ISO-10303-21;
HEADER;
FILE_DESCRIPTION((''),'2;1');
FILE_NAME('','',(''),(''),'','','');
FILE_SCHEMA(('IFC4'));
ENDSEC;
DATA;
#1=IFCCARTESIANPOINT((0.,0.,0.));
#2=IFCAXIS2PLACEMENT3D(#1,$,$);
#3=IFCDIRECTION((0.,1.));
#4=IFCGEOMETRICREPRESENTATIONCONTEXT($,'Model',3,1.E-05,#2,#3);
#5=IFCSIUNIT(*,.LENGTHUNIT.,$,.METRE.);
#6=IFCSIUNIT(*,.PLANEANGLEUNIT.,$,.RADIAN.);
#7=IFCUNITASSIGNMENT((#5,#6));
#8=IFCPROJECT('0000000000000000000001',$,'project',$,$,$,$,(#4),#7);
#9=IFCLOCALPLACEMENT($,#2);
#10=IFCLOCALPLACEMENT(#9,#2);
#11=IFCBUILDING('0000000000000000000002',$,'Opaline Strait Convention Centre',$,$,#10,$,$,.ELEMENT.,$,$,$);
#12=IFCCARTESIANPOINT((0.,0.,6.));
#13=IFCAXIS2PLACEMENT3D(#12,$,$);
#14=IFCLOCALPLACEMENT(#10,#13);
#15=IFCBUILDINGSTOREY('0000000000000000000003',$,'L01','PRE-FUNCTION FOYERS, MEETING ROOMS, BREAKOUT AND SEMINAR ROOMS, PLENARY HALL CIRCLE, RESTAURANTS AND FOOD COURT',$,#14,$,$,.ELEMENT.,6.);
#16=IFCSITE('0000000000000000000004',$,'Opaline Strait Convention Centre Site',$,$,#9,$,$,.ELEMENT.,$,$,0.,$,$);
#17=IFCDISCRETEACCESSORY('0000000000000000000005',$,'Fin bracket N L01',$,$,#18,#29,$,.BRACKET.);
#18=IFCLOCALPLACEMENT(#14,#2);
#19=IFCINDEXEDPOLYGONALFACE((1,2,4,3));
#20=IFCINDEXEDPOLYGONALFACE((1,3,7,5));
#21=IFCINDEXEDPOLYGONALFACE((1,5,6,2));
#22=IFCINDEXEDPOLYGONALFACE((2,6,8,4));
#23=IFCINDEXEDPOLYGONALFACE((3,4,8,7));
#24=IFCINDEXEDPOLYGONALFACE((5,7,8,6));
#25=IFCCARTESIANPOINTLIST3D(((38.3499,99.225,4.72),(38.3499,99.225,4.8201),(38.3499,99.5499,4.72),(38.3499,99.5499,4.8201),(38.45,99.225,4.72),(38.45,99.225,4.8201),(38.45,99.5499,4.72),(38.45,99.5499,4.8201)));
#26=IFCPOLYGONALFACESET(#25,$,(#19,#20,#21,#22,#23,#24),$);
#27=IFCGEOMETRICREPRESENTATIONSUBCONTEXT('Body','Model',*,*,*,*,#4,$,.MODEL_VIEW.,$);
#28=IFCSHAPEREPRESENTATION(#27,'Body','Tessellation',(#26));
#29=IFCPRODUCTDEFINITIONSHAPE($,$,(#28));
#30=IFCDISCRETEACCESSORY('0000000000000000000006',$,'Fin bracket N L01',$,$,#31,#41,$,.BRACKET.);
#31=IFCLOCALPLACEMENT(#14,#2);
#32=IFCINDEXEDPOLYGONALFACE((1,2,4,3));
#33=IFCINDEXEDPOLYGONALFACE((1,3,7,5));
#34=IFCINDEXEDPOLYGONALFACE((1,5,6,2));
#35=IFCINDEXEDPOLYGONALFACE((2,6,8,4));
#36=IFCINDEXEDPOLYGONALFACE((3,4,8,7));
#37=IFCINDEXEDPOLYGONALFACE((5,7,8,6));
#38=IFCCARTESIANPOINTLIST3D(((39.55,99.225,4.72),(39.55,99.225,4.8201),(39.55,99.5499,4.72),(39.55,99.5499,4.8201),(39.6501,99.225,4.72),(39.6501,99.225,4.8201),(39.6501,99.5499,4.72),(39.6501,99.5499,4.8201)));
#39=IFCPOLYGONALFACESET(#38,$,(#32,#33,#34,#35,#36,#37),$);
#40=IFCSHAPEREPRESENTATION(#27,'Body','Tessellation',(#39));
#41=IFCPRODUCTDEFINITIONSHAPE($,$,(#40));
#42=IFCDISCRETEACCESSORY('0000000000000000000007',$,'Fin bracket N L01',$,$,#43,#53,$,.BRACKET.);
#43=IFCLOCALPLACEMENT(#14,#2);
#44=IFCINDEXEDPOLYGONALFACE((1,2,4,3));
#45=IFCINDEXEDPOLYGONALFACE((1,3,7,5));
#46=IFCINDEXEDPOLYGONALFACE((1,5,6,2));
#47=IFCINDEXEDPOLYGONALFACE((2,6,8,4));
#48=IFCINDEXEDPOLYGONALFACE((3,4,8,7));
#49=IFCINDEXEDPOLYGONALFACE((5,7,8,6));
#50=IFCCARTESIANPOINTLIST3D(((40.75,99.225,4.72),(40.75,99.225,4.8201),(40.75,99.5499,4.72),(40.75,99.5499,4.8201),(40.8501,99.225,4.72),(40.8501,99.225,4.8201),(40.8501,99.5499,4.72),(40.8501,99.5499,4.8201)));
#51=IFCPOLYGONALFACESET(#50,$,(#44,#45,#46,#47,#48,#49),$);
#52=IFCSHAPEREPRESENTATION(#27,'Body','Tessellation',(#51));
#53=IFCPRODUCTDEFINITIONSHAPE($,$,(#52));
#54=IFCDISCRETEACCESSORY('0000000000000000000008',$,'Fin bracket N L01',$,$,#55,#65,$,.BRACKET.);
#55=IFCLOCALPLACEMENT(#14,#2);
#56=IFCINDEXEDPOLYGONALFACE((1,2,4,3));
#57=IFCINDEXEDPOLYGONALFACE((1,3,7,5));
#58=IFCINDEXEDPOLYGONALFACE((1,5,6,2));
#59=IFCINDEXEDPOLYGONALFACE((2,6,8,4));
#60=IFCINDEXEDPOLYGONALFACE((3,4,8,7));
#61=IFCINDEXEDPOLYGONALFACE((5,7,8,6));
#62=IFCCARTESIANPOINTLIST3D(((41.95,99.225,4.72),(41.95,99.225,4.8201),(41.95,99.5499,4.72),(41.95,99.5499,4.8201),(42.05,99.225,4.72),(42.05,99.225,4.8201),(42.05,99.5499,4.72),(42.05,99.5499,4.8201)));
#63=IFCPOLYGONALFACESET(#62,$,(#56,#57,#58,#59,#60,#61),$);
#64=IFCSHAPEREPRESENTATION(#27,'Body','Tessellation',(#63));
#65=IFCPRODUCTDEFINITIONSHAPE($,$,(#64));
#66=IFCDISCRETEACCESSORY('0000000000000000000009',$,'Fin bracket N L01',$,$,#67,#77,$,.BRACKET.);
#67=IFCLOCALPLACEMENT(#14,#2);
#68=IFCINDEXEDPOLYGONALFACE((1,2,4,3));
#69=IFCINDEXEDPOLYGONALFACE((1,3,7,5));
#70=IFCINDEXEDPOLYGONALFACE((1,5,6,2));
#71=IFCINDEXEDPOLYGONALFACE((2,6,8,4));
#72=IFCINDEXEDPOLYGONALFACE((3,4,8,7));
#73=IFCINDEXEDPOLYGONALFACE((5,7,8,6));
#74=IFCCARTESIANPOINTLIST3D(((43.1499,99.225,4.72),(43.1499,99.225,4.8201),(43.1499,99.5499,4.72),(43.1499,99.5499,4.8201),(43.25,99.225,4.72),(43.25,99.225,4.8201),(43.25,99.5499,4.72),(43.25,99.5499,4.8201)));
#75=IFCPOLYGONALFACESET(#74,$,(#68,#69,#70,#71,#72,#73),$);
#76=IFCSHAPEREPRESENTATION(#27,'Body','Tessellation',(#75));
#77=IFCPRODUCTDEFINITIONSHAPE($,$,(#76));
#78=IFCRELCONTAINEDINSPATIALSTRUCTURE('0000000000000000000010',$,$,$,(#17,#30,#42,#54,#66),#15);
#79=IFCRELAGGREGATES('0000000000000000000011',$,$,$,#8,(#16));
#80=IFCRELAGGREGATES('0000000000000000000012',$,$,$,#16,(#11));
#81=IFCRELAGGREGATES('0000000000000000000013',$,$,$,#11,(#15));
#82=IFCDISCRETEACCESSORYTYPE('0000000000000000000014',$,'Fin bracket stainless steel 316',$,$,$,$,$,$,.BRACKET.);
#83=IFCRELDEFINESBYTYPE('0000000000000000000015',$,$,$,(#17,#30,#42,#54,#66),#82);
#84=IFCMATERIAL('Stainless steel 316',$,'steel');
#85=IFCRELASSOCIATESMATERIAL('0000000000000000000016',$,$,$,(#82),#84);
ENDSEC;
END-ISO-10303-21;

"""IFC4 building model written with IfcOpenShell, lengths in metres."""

from ifc_helpers import new_model, si_unit, direction, frame, origin, origin_2d, place, context, subcontext, project, spatial, rectangle, extrude, material, type_object, element, save


model = new_model("IFC4")

# Units and contexts
model_context = context("Model", 3, precision=1e-05, world=origin(), true_north=direction((0.0, 1.0)))
body_context = subcontext(model_context, "Body", "Model", "MODEL_VIEW")
ifc_project = project(units=[si_unit("LENGTHUNIT", "METRE"), si_unit("PLANEANGLEUNIT", "RADIAN")], contexts=[model_context])

# Site, building, storey
site_placement = place(None, origin())
site = spatial("IfcSite", under=ifc_project, at=site_placement, Name="Opaline Strait Convention Centre Site", CompositionType="ELEMENT", RefElevation=0.0)
building_placement = place(site_placement, origin())
building = spatial("IfcBuilding", under=site, at=building_placement, Name="Opaline Strait Convention Centre", CompositionType="ELEMENT")
storey_placement = place(building_placement, frame((0.0, 0.0, 6.0)))
storey = spatial("IfcBuildingStorey", under=building, at=storey_placement, Name="L01", Description="PRE-FUNCTION FOYERS, MEETING ROOMS, BREAKOUT AND SEMINAR ROOMS, PLENARY HALL CIRCLE, RESTAURANTS AND FOOD COURT", CompositionType="ELEMENT", Elevation=6.0)

# Discrete accessories
ifc_material_1 = material(Name="Stainless steel 316", Category="steel")
discrete_accessory_type = type_object("IfcDiscreteAccessoryType", Name="Fin bracket stainless steel 316", PredefinedType="BRACKET", material=ifc_material_1)
for number, where, z_axis, x_axis, name in (
    (1, (38.3999, 99.3875, 4.72), (0.0, 0.0, 1.0), (1.0, 0.0, 0.0), "Fin bracket N L01"),
    (2, (39.6001, 99.3875, 4.72), (0.0, 0.0, 1.0), (1.0, 0.0, 0.0), "Fin bracket N L01"),
    (3, (40.8, 99.3875, 4.72), (0.0, 0.0, 1.0), (1.0, 0.0, 0.0), "Fin bracket N L01"),
    (4, (42.0, 99.3875, 4.72), (0.0, 0.0, 1.0), (1.0, 0.0, 0.0), "Fin bracket N L01"),
    (5, (43.2, 99.3875, 4.72), (0.0, 0.0, 1.0), (1.0, 0.0, 0.0), "Fin bracket N L01"),
):
    element("IfcDiscreteAccessory", number, at=place(storey_placement, frame(where, z_axis=z_axis, x_axis=x_axis)), inside=storey, type_object=discrete_accessory_type, Name=name, PredefinedType="BRACKET", context=body_context, shape_type="SweptSolid", body=[
        extrude(rectangle(XDim=0.1001, YDim=0.325, at=origin_2d()), origin(), (0.0, 0.0, 1.0), 0.1001),
    ])

save(model, "model.ifc")
